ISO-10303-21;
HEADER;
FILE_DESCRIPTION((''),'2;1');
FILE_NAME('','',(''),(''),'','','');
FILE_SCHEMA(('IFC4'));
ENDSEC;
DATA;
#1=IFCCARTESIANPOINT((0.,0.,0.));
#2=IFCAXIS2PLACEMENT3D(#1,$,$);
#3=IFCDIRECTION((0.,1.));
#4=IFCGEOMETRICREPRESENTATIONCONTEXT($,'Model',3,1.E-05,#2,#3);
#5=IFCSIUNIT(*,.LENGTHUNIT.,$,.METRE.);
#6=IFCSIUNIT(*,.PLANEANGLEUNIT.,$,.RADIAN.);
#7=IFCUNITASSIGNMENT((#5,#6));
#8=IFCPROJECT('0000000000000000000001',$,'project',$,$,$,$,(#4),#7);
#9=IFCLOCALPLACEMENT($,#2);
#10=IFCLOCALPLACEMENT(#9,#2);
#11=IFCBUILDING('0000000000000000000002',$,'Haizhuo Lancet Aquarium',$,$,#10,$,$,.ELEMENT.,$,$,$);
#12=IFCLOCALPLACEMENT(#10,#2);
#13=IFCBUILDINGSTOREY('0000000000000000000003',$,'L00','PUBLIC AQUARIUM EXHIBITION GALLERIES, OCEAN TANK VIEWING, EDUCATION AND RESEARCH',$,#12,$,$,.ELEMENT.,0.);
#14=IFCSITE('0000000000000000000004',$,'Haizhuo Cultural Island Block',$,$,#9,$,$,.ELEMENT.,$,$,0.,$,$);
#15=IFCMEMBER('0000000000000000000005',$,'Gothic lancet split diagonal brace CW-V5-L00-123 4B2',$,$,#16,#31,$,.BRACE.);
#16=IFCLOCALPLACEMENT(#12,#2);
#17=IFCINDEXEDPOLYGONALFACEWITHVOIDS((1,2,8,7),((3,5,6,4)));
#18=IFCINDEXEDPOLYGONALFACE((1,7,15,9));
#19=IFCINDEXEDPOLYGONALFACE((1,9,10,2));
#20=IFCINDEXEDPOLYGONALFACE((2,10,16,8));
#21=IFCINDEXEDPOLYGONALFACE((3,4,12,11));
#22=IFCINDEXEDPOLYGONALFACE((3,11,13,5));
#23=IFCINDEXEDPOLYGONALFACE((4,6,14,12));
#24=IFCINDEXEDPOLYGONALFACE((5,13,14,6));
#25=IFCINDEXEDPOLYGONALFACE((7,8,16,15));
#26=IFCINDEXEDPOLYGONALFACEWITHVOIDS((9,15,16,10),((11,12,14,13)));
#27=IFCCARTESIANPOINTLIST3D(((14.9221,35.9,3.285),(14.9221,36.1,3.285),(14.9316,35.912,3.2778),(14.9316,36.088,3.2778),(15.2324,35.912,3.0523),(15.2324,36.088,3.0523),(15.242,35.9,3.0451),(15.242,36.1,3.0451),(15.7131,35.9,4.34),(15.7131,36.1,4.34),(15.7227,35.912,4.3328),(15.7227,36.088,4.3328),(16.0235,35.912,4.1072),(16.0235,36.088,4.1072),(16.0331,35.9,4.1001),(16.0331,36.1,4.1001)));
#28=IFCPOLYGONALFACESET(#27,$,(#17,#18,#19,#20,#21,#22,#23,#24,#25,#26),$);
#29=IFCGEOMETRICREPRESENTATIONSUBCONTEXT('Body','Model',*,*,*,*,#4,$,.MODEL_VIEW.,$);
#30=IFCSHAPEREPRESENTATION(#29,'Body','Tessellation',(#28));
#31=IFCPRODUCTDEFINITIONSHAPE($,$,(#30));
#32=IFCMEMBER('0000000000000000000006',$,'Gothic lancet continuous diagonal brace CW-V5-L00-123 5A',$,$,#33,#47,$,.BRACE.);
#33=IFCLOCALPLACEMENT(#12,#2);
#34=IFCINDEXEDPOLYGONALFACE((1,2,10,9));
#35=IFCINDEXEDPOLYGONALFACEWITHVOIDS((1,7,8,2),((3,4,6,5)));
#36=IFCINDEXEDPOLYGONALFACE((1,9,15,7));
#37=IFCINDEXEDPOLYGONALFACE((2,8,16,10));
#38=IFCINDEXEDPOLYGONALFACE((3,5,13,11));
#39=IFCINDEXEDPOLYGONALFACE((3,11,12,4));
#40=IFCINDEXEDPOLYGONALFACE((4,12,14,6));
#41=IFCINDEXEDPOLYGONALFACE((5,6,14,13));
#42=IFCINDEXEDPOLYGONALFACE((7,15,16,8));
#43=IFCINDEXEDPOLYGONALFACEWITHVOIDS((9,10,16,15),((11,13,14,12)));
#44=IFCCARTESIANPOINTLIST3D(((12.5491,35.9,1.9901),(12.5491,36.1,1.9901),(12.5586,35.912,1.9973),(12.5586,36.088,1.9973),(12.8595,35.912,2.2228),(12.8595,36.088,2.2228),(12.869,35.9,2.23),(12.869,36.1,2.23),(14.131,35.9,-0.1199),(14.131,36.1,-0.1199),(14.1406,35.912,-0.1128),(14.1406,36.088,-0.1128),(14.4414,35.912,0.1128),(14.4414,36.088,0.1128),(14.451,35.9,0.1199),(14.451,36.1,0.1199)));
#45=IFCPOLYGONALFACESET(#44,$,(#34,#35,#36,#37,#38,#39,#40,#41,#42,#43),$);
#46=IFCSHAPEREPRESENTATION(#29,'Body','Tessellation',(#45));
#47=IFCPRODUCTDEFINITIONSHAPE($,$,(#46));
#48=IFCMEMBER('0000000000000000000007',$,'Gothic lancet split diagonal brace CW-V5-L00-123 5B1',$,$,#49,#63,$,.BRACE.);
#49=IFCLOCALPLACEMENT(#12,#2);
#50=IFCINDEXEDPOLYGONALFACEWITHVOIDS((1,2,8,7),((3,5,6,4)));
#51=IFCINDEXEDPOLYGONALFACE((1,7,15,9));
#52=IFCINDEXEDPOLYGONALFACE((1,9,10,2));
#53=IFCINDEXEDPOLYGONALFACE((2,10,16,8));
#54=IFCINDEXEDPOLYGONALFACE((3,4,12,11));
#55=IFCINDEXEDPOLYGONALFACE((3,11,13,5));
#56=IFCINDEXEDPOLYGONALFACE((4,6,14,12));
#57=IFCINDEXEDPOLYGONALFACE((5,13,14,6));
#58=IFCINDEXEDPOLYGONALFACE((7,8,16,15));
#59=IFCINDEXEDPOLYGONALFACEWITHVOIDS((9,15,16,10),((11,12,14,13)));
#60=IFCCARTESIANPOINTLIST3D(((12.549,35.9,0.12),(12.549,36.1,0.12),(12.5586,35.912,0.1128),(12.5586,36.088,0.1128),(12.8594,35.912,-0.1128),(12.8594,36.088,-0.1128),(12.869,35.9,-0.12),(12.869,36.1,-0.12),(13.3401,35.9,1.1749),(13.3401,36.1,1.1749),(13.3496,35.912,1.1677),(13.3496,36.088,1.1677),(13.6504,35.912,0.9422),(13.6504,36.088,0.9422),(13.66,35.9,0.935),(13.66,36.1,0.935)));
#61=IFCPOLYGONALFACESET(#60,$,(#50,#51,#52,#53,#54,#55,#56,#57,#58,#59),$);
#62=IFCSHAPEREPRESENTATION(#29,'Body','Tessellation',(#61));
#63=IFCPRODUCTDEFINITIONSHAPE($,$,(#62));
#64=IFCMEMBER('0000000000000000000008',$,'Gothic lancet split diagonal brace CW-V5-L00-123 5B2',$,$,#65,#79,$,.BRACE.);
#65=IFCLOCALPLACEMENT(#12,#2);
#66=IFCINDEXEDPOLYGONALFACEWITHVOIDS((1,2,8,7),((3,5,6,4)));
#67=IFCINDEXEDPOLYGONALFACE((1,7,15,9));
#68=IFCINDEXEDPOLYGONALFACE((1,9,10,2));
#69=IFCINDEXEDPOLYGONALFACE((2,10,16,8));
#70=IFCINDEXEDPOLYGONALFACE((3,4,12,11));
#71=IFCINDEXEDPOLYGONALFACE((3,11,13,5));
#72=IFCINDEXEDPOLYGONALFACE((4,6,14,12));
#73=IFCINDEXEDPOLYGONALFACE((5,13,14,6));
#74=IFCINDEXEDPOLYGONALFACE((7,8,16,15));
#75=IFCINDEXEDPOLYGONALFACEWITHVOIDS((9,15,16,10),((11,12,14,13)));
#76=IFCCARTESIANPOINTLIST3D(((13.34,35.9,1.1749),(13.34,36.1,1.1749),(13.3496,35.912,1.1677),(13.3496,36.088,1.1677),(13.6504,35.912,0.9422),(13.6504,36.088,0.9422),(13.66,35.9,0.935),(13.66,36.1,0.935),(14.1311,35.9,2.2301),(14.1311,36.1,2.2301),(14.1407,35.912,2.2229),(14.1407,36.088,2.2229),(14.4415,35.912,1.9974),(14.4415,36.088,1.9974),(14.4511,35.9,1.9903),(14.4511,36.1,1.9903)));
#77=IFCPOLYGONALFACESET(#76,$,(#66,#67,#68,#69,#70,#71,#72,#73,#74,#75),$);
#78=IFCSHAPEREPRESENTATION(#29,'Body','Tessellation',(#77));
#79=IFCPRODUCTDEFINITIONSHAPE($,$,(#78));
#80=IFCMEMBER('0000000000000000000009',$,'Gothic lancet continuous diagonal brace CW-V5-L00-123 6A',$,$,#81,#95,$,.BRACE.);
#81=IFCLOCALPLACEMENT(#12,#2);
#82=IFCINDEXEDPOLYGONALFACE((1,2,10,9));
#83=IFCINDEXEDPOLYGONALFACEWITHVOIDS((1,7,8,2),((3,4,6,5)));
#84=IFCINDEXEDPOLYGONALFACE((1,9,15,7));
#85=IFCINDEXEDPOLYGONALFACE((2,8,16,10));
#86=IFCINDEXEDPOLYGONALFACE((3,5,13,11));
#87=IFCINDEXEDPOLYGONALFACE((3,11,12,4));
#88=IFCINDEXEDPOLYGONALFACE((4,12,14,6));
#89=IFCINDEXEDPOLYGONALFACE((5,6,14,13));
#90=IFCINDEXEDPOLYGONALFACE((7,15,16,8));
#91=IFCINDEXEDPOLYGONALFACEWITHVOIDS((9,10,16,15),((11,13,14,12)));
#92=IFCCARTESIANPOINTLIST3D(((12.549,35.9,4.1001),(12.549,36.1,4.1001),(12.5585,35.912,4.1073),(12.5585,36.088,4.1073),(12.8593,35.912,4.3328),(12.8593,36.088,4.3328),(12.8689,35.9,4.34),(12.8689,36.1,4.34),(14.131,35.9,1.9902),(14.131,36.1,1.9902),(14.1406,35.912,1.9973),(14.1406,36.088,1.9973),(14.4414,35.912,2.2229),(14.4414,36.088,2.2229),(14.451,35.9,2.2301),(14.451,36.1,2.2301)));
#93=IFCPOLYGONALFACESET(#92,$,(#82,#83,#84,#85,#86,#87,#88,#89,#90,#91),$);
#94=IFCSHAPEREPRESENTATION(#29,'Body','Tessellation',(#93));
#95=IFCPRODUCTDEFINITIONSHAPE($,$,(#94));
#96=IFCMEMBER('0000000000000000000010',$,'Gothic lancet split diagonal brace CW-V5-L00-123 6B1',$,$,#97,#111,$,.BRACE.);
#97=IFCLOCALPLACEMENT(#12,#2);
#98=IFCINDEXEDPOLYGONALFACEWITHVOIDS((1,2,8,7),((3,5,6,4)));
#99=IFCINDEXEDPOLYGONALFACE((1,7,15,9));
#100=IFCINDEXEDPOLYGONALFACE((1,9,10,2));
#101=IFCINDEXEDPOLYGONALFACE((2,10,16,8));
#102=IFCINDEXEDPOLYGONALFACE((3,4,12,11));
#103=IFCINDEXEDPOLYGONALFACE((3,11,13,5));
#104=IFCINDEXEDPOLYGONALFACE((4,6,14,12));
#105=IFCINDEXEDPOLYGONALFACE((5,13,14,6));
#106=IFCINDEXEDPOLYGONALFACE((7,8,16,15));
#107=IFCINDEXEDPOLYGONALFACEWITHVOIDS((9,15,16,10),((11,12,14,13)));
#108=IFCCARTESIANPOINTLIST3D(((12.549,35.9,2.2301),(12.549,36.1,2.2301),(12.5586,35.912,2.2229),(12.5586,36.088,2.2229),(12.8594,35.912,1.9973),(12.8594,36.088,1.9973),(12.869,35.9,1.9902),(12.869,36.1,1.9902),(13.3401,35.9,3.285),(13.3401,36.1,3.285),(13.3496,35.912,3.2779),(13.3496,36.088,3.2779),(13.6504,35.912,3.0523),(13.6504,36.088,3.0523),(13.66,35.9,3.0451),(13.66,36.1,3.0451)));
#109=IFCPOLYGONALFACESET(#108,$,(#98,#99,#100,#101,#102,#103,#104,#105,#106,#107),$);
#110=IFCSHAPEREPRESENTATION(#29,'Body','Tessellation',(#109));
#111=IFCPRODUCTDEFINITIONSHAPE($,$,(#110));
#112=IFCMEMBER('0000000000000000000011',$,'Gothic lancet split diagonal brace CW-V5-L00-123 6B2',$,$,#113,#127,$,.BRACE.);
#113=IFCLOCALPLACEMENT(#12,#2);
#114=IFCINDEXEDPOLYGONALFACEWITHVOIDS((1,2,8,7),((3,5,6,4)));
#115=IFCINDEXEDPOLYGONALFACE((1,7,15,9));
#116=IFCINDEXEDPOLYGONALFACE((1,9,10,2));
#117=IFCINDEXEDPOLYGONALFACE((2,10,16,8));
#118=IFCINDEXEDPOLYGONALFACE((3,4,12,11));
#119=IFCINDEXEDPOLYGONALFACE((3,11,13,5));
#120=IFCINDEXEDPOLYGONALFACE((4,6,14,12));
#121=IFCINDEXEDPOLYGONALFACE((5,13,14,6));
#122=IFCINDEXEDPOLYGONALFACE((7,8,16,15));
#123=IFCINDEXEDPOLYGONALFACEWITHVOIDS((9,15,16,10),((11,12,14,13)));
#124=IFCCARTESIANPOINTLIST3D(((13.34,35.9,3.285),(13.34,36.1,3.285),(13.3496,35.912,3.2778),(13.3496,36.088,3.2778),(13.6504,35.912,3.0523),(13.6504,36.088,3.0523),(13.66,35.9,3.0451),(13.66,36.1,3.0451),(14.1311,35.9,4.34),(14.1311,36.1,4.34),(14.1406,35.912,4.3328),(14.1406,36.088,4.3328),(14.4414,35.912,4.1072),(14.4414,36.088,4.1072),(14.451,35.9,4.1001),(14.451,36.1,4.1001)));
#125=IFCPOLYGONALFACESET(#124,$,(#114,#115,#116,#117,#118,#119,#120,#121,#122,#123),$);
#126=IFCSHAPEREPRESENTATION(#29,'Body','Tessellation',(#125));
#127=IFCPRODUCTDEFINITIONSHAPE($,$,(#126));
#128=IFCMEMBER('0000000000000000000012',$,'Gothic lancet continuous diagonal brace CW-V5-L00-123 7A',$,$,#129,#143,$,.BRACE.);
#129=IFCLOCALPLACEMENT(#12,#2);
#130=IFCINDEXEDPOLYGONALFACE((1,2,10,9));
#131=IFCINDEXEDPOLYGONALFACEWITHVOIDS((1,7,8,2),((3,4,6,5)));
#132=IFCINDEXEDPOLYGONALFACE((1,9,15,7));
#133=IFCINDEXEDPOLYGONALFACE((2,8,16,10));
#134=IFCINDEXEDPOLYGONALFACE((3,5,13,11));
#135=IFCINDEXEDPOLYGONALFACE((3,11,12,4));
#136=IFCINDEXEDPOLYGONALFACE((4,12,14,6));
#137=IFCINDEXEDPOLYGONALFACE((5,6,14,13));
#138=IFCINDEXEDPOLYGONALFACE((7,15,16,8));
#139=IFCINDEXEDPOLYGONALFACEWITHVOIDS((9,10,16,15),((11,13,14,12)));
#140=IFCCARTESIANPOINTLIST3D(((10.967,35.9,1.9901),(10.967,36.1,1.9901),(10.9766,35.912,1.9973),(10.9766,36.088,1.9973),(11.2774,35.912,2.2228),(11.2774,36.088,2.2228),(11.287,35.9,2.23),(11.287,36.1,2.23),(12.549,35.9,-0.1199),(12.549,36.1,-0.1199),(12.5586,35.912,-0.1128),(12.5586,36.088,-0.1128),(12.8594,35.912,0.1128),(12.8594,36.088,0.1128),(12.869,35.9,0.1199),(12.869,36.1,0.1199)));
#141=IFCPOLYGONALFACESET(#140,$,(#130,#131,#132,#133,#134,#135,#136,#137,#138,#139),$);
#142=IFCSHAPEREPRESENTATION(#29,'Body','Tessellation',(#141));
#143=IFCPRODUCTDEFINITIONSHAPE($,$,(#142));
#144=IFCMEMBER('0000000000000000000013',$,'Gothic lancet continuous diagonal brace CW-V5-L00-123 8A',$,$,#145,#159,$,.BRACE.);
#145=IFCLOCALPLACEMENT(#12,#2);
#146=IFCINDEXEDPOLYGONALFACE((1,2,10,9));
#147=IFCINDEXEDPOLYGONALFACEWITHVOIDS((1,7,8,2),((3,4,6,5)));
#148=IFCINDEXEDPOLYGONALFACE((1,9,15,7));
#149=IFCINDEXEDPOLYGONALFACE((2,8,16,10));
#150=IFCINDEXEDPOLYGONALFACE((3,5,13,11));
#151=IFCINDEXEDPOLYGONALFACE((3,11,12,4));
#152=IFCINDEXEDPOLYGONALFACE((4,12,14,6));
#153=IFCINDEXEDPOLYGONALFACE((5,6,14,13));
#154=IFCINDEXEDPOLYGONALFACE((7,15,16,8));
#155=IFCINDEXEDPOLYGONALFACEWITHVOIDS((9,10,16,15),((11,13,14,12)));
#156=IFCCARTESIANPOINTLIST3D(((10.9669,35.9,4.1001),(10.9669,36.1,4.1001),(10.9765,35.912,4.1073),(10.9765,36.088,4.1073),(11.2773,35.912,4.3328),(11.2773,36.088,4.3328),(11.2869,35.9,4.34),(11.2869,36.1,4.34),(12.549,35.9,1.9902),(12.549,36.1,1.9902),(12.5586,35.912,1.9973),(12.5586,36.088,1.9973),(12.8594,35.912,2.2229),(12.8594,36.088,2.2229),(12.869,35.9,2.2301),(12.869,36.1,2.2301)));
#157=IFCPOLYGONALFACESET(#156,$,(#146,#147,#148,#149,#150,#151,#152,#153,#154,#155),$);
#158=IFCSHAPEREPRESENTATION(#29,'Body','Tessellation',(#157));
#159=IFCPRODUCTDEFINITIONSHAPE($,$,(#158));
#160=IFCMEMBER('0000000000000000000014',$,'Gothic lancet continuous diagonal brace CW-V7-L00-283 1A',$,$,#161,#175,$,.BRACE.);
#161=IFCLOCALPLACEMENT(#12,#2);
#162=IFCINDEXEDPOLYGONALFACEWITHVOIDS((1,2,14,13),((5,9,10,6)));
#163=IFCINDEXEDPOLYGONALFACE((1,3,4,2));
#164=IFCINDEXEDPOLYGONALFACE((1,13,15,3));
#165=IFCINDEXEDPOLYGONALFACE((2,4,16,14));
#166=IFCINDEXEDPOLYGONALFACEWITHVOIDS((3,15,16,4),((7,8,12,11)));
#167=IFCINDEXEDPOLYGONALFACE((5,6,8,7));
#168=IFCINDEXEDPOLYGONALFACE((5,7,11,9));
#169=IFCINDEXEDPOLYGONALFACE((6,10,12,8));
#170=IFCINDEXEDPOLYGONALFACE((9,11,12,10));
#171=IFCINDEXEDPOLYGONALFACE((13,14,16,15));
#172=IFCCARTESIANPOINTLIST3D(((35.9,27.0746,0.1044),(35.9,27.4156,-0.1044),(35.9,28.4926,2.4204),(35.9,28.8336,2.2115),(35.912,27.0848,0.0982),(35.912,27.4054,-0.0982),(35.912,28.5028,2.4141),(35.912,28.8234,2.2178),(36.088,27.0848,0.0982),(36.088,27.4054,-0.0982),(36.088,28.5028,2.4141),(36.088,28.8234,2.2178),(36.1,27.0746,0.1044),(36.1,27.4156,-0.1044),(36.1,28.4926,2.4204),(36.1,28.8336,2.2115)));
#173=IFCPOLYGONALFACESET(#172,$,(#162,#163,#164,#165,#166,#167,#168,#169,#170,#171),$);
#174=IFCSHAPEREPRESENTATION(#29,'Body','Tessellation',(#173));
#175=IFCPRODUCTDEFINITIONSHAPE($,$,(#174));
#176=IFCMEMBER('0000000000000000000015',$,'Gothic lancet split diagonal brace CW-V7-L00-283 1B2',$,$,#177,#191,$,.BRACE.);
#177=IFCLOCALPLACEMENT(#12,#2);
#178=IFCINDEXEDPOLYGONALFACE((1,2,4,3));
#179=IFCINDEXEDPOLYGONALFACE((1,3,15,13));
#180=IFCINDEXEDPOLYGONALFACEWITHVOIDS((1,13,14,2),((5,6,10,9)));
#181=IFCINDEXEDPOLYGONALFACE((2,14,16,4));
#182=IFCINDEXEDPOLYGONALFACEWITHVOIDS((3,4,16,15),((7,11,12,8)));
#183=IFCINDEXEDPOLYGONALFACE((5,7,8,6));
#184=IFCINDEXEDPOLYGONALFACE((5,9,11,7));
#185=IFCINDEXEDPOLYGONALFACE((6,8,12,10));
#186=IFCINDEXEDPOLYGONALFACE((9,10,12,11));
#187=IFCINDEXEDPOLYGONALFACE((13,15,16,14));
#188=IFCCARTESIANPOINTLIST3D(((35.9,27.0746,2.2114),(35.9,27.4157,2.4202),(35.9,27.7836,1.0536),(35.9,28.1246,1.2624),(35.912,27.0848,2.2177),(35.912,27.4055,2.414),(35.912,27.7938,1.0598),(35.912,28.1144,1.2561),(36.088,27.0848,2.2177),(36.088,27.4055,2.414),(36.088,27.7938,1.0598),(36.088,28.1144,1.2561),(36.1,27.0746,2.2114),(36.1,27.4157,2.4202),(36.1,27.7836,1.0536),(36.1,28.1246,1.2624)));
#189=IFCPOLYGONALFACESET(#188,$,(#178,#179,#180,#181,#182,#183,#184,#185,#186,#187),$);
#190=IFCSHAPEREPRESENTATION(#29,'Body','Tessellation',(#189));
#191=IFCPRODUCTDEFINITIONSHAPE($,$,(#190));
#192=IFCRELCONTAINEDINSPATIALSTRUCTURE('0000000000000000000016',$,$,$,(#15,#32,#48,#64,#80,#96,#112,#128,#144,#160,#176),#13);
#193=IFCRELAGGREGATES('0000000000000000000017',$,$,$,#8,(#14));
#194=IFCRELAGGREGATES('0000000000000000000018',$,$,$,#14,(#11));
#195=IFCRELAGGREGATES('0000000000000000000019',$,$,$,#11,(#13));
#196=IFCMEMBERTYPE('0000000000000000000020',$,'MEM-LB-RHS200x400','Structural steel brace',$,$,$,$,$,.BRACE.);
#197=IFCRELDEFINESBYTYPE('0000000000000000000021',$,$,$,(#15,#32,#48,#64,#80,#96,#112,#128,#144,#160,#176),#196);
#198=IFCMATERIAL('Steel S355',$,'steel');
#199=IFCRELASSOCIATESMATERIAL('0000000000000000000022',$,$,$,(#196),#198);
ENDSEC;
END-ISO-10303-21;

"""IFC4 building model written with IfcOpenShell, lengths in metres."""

from ifc_helpers import new_model, si_unit, direction, frame, origin, origin_2d, place, context, subcontext, project, spatial, hollow_rectangle, extrude, material, material_profile, profile_set, type_object, element, save


model = new_model("IFC4")

# Units and contexts
model_context = context("Model", 3, precision=1e-05, world=origin(), true_north=direction((0.0, 1.0)))
body_context = subcontext(model_context, "Body", "Model", "MODEL_VIEW")
ifc_project = project(units=[si_unit("LENGTHUNIT", "METRE"), si_unit("PLANEANGLEUNIT", "RADIAN")], contexts=[model_context])

# Site, building, storey
site_placement = place(None, origin())
site = spatial("IfcSite", under=ifc_project, at=site_placement, Name="Haizhuo Cultural Island Block", CompositionType="ELEMENT", RefElevation=0.0)
building_placement = place(site_placement, origin())
building = spatial("IfcBuilding", under=site, at=building_placement, Name="Haizhuo Lancet Aquarium", CompositionType="ELEMENT")
storey_placement = place(building_placement, origin())
storey = spatial("IfcBuildingStorey", under=building, at=storey_placement, Name="L00", Description="PUBLIC AQUARIUM EXHIBITION GALLERIES, OCEAN TANK VIEWING, EDUCATION AND RESEARCH", CompositionType="ELEMENT", Elevation=0.0)

# Shared definitions
ifc_material_1 = material(Name="Steel S355", Category="steel")

# Members
ifc_material_profile_1 = material_profile(ifc_material_1, hollow_rectangle(XDim=0.2, YDim=0.3999, WallThickness=0.012, at=origin_2d()), Name="RHS 200x400x12")
ifc_profile_set_1 = profile_set([ifc_material_profile_1], Name="Steel S355")
member_type_1 = type_object("IfcMemberType", Name="MEM-LB-RHS200x400", Description="Structural steel brace", PredefinedType="BRACE", material=ifc_profile_set_1)
for number, where, z_axis, x_axis, name in (
    (1, (15.082, 36.0, 3.165), (0.599911, 0.0, 0.800067), (0.0, 1.0, 0.0), "Gothic lancet split diagonal brace CW-V5-L00-123 4B2"),
):
    element("IfcMember", number, at=place(storey_placement, frame(where, z_axis=z_axis, x_axis=x_axis)), inside=storey, type_object=member_type_1, Name=name, PredefinedType="BRACE", context=body_context, shape_type="SweptSolid", body=[
        extrude(hollow_rectangle(XDim=0.2, YDim=0.3999, WallThickness=0.012, at=origin_2d()), origin(), (0.0, 0.0, 1.0), 1.3186),
    ])
member_1_placement = place(storey_placement, frame((14.291, 36.0, 0.0), z_axis=(-0.599867, 0.0, 0.8001), x_axis=(0.0, -1.0, 0.0)))
element("IfcMember", 2, at=member_1_placement, inside=storey, type_object=member_type_1, Name="Gothic lancet continuous diagonal brace CW-V5-L00-123 5A", PredefinedType="BRACE", context=body_context, shape_type="SweptSolid", body=[
    extrude(hollow_rectangle(XDim=0.2, YDim=0.3999, WallThickness=0.012, at=origin_2d()), origin(), (0.0, 0.0, 1.0), 2.6372),
])
member_2_placement = place(storey_placement, frame((12.709, 36.0, 0.0), z_axis=(0.599911, 0.0, 0.800067), x_axis=(0.0, 1.0, 0.0)))
element("IfcMember", 3, at=member_2_placement, inside=storey, type_object=member_type_1, Name="Gothic lancet split diagonal brace CW-V5-L00-123 5B1", PredefinedType="BRACE", context=body_context, shape_type="SweptSolid", body=[
    extrude(hollow_rectangle(XDim=0.2, YDim=0.3999, WallThickness=0.012, at=origin_2d()), origin(), (0.0, 0.0, 1.0), 1.3186),
])
member_3_placement = place(storey_placement, frame((13.5, 36.0, 1.0549), z_axis=(0.599822, 0.0, 0.800133), x_axis=(0.0, 1.0, 0.0)))
element("IfcMember", 4, at=member_3_placement, inside=storey, type_object=member_type_1, Name="Gothic lancet split diagonal brace CW-V5-L00-123 5B2", PredefinedType="BRACE", context=body_context, shape_type="SweptSolid", body=[
    extrude(hollow_rectangle(XDim=0.2, YDim=0.3999, WallThickness=0.012, at=origin_2d()), origin(), (0.0, 0.0, 1.0), 1.3188),
])
member_4_placement = place(storey_placement, frame((14.291, 36.0, 2.1101), z_axis=(-0.599911, 0.0, 0.800067), x_axis=(0.0, -1.0, 0.0)))
element("IfcMember", 5, at=member_4_placement, inside=storey, type_object=member_type_1, Name="Gothic lancet continuous diagonal brace CW-V5-L00-123 6A", PredefinedType="BRACE", context=body_context, shape_type="SweptSolid", body=[
    extrude(hollow_rectangle(XDim=0.2, YDim=0.3999, WallThickness=0.012, at=origin_2d()), origin(), (0.0, 0.0, 1.0), 2.6372),
])
for number, where, z_axis, x_axis, name in (
    (6, (12.709, 36.0, 2.1101), (0.599911, 0.0, 0.800067), (0.0, 1.0, 0.0), "Gothic lancet split diagonal brace CW-V5-L00-123 6B1"),
    (7, (13.5, 36.0, 3.165), (0.599911, 0.0, 0.800067), (0.0, 1.0, 0.0), "Gothic lancet split diagonal brace CW-V5-L00-123 6B2"),
):
    element("IfcMember", number, at=place(storey_placement, frame(where, z_axis=z_axis, x_axis=x_axis)), inside=storey, type_object=member_type_1, Name=name, PredefinedType="BRACE", context=body_context, shape_type="SweptSolid", body=[
        extrude(hollow_rectangle(XDim=0.2, YDim=0.3999, WallThickness=0.012, at=origin_2d()), origin(), (0.0, 0.0, 1.0), 1.3186),
    ])
for number, where, z_axis, x_axis, name in (
    (8, (12.709, 36.0, 0.0), (-0.599867, 0.0, 0.8001), (0.0, -1.0, 0.0), "Gothic lancet continuous diagonal brace CW-V5-L00-123 7A"),
    (9, (12.709, 36.0, 2.1101), (-0.599911, 0.0, 0.800067), (0.0, -1.0, 0.0), "Gothic lancet continuous diagonal brace CW-V5-L00-123 8A"),
):
    element("IfcMember", number, at=place(storey_placement, frame(where, z_axis=z_axis, x_axis=x_axis)), inside=storey, type_object=member_type_1, Name=name, PredefinedType="BRACE", context=body_context, shape_type="SweptSolid", body=[
        extrude(hollow_rectangle(XDim=0.2, YDim=0.3999, WallThickness=0.012, at=origin_2d()), origin(), (0.0, 0.0, 1.0), 2.6372),
    ])
member_5_placement = place(storey_placement, frame((36.0, 27.2451, 0.0), z_axis=(0.0, 0.52217, 0.852841), x_axis=(-1.0, 0.0, 0.0)))
element("IfcMember", 10, at=member_5_placement, inside=storey, type_object=member_type_1, Name="Gothic lancet continuous diagonal brace CW-V7-L00-283 1A", PredefinedType="BRACE", context=body_context, shape_type="SweptSolid", body=[
    extrude(hollow_rectangle(XDim=0.2, YDim=0.3999, WallThickness=0.012, at=origin_2d()), origin(), (0.0, 0.0, 1.0), 2.7156),
])
member_6_placement = place(storey_placement, frame((36.0, 27.9541, 1.158), z_axis=(0.0, -0.52217, 0.852841), x_axis=(1.0, 0.0, 0.0)))
element("IfcMember", 11, at=member_6_placement, inside=storey, type_object=member_type_1, Name="Gothic lancet split diagonal brace CW-V7-L00-283 1B2", PredefinedType="BRACE", context=body_context, shape_type="SweptSolid", body=[
    extrude(hollow_rectangle(XDim=0.2, YDim=0.3999, WallThickness=0.012, at=origin_2d()), origin(), (0.0, 0.0, 1.0), 1.3577),
])

save(model, "model.ifc")
